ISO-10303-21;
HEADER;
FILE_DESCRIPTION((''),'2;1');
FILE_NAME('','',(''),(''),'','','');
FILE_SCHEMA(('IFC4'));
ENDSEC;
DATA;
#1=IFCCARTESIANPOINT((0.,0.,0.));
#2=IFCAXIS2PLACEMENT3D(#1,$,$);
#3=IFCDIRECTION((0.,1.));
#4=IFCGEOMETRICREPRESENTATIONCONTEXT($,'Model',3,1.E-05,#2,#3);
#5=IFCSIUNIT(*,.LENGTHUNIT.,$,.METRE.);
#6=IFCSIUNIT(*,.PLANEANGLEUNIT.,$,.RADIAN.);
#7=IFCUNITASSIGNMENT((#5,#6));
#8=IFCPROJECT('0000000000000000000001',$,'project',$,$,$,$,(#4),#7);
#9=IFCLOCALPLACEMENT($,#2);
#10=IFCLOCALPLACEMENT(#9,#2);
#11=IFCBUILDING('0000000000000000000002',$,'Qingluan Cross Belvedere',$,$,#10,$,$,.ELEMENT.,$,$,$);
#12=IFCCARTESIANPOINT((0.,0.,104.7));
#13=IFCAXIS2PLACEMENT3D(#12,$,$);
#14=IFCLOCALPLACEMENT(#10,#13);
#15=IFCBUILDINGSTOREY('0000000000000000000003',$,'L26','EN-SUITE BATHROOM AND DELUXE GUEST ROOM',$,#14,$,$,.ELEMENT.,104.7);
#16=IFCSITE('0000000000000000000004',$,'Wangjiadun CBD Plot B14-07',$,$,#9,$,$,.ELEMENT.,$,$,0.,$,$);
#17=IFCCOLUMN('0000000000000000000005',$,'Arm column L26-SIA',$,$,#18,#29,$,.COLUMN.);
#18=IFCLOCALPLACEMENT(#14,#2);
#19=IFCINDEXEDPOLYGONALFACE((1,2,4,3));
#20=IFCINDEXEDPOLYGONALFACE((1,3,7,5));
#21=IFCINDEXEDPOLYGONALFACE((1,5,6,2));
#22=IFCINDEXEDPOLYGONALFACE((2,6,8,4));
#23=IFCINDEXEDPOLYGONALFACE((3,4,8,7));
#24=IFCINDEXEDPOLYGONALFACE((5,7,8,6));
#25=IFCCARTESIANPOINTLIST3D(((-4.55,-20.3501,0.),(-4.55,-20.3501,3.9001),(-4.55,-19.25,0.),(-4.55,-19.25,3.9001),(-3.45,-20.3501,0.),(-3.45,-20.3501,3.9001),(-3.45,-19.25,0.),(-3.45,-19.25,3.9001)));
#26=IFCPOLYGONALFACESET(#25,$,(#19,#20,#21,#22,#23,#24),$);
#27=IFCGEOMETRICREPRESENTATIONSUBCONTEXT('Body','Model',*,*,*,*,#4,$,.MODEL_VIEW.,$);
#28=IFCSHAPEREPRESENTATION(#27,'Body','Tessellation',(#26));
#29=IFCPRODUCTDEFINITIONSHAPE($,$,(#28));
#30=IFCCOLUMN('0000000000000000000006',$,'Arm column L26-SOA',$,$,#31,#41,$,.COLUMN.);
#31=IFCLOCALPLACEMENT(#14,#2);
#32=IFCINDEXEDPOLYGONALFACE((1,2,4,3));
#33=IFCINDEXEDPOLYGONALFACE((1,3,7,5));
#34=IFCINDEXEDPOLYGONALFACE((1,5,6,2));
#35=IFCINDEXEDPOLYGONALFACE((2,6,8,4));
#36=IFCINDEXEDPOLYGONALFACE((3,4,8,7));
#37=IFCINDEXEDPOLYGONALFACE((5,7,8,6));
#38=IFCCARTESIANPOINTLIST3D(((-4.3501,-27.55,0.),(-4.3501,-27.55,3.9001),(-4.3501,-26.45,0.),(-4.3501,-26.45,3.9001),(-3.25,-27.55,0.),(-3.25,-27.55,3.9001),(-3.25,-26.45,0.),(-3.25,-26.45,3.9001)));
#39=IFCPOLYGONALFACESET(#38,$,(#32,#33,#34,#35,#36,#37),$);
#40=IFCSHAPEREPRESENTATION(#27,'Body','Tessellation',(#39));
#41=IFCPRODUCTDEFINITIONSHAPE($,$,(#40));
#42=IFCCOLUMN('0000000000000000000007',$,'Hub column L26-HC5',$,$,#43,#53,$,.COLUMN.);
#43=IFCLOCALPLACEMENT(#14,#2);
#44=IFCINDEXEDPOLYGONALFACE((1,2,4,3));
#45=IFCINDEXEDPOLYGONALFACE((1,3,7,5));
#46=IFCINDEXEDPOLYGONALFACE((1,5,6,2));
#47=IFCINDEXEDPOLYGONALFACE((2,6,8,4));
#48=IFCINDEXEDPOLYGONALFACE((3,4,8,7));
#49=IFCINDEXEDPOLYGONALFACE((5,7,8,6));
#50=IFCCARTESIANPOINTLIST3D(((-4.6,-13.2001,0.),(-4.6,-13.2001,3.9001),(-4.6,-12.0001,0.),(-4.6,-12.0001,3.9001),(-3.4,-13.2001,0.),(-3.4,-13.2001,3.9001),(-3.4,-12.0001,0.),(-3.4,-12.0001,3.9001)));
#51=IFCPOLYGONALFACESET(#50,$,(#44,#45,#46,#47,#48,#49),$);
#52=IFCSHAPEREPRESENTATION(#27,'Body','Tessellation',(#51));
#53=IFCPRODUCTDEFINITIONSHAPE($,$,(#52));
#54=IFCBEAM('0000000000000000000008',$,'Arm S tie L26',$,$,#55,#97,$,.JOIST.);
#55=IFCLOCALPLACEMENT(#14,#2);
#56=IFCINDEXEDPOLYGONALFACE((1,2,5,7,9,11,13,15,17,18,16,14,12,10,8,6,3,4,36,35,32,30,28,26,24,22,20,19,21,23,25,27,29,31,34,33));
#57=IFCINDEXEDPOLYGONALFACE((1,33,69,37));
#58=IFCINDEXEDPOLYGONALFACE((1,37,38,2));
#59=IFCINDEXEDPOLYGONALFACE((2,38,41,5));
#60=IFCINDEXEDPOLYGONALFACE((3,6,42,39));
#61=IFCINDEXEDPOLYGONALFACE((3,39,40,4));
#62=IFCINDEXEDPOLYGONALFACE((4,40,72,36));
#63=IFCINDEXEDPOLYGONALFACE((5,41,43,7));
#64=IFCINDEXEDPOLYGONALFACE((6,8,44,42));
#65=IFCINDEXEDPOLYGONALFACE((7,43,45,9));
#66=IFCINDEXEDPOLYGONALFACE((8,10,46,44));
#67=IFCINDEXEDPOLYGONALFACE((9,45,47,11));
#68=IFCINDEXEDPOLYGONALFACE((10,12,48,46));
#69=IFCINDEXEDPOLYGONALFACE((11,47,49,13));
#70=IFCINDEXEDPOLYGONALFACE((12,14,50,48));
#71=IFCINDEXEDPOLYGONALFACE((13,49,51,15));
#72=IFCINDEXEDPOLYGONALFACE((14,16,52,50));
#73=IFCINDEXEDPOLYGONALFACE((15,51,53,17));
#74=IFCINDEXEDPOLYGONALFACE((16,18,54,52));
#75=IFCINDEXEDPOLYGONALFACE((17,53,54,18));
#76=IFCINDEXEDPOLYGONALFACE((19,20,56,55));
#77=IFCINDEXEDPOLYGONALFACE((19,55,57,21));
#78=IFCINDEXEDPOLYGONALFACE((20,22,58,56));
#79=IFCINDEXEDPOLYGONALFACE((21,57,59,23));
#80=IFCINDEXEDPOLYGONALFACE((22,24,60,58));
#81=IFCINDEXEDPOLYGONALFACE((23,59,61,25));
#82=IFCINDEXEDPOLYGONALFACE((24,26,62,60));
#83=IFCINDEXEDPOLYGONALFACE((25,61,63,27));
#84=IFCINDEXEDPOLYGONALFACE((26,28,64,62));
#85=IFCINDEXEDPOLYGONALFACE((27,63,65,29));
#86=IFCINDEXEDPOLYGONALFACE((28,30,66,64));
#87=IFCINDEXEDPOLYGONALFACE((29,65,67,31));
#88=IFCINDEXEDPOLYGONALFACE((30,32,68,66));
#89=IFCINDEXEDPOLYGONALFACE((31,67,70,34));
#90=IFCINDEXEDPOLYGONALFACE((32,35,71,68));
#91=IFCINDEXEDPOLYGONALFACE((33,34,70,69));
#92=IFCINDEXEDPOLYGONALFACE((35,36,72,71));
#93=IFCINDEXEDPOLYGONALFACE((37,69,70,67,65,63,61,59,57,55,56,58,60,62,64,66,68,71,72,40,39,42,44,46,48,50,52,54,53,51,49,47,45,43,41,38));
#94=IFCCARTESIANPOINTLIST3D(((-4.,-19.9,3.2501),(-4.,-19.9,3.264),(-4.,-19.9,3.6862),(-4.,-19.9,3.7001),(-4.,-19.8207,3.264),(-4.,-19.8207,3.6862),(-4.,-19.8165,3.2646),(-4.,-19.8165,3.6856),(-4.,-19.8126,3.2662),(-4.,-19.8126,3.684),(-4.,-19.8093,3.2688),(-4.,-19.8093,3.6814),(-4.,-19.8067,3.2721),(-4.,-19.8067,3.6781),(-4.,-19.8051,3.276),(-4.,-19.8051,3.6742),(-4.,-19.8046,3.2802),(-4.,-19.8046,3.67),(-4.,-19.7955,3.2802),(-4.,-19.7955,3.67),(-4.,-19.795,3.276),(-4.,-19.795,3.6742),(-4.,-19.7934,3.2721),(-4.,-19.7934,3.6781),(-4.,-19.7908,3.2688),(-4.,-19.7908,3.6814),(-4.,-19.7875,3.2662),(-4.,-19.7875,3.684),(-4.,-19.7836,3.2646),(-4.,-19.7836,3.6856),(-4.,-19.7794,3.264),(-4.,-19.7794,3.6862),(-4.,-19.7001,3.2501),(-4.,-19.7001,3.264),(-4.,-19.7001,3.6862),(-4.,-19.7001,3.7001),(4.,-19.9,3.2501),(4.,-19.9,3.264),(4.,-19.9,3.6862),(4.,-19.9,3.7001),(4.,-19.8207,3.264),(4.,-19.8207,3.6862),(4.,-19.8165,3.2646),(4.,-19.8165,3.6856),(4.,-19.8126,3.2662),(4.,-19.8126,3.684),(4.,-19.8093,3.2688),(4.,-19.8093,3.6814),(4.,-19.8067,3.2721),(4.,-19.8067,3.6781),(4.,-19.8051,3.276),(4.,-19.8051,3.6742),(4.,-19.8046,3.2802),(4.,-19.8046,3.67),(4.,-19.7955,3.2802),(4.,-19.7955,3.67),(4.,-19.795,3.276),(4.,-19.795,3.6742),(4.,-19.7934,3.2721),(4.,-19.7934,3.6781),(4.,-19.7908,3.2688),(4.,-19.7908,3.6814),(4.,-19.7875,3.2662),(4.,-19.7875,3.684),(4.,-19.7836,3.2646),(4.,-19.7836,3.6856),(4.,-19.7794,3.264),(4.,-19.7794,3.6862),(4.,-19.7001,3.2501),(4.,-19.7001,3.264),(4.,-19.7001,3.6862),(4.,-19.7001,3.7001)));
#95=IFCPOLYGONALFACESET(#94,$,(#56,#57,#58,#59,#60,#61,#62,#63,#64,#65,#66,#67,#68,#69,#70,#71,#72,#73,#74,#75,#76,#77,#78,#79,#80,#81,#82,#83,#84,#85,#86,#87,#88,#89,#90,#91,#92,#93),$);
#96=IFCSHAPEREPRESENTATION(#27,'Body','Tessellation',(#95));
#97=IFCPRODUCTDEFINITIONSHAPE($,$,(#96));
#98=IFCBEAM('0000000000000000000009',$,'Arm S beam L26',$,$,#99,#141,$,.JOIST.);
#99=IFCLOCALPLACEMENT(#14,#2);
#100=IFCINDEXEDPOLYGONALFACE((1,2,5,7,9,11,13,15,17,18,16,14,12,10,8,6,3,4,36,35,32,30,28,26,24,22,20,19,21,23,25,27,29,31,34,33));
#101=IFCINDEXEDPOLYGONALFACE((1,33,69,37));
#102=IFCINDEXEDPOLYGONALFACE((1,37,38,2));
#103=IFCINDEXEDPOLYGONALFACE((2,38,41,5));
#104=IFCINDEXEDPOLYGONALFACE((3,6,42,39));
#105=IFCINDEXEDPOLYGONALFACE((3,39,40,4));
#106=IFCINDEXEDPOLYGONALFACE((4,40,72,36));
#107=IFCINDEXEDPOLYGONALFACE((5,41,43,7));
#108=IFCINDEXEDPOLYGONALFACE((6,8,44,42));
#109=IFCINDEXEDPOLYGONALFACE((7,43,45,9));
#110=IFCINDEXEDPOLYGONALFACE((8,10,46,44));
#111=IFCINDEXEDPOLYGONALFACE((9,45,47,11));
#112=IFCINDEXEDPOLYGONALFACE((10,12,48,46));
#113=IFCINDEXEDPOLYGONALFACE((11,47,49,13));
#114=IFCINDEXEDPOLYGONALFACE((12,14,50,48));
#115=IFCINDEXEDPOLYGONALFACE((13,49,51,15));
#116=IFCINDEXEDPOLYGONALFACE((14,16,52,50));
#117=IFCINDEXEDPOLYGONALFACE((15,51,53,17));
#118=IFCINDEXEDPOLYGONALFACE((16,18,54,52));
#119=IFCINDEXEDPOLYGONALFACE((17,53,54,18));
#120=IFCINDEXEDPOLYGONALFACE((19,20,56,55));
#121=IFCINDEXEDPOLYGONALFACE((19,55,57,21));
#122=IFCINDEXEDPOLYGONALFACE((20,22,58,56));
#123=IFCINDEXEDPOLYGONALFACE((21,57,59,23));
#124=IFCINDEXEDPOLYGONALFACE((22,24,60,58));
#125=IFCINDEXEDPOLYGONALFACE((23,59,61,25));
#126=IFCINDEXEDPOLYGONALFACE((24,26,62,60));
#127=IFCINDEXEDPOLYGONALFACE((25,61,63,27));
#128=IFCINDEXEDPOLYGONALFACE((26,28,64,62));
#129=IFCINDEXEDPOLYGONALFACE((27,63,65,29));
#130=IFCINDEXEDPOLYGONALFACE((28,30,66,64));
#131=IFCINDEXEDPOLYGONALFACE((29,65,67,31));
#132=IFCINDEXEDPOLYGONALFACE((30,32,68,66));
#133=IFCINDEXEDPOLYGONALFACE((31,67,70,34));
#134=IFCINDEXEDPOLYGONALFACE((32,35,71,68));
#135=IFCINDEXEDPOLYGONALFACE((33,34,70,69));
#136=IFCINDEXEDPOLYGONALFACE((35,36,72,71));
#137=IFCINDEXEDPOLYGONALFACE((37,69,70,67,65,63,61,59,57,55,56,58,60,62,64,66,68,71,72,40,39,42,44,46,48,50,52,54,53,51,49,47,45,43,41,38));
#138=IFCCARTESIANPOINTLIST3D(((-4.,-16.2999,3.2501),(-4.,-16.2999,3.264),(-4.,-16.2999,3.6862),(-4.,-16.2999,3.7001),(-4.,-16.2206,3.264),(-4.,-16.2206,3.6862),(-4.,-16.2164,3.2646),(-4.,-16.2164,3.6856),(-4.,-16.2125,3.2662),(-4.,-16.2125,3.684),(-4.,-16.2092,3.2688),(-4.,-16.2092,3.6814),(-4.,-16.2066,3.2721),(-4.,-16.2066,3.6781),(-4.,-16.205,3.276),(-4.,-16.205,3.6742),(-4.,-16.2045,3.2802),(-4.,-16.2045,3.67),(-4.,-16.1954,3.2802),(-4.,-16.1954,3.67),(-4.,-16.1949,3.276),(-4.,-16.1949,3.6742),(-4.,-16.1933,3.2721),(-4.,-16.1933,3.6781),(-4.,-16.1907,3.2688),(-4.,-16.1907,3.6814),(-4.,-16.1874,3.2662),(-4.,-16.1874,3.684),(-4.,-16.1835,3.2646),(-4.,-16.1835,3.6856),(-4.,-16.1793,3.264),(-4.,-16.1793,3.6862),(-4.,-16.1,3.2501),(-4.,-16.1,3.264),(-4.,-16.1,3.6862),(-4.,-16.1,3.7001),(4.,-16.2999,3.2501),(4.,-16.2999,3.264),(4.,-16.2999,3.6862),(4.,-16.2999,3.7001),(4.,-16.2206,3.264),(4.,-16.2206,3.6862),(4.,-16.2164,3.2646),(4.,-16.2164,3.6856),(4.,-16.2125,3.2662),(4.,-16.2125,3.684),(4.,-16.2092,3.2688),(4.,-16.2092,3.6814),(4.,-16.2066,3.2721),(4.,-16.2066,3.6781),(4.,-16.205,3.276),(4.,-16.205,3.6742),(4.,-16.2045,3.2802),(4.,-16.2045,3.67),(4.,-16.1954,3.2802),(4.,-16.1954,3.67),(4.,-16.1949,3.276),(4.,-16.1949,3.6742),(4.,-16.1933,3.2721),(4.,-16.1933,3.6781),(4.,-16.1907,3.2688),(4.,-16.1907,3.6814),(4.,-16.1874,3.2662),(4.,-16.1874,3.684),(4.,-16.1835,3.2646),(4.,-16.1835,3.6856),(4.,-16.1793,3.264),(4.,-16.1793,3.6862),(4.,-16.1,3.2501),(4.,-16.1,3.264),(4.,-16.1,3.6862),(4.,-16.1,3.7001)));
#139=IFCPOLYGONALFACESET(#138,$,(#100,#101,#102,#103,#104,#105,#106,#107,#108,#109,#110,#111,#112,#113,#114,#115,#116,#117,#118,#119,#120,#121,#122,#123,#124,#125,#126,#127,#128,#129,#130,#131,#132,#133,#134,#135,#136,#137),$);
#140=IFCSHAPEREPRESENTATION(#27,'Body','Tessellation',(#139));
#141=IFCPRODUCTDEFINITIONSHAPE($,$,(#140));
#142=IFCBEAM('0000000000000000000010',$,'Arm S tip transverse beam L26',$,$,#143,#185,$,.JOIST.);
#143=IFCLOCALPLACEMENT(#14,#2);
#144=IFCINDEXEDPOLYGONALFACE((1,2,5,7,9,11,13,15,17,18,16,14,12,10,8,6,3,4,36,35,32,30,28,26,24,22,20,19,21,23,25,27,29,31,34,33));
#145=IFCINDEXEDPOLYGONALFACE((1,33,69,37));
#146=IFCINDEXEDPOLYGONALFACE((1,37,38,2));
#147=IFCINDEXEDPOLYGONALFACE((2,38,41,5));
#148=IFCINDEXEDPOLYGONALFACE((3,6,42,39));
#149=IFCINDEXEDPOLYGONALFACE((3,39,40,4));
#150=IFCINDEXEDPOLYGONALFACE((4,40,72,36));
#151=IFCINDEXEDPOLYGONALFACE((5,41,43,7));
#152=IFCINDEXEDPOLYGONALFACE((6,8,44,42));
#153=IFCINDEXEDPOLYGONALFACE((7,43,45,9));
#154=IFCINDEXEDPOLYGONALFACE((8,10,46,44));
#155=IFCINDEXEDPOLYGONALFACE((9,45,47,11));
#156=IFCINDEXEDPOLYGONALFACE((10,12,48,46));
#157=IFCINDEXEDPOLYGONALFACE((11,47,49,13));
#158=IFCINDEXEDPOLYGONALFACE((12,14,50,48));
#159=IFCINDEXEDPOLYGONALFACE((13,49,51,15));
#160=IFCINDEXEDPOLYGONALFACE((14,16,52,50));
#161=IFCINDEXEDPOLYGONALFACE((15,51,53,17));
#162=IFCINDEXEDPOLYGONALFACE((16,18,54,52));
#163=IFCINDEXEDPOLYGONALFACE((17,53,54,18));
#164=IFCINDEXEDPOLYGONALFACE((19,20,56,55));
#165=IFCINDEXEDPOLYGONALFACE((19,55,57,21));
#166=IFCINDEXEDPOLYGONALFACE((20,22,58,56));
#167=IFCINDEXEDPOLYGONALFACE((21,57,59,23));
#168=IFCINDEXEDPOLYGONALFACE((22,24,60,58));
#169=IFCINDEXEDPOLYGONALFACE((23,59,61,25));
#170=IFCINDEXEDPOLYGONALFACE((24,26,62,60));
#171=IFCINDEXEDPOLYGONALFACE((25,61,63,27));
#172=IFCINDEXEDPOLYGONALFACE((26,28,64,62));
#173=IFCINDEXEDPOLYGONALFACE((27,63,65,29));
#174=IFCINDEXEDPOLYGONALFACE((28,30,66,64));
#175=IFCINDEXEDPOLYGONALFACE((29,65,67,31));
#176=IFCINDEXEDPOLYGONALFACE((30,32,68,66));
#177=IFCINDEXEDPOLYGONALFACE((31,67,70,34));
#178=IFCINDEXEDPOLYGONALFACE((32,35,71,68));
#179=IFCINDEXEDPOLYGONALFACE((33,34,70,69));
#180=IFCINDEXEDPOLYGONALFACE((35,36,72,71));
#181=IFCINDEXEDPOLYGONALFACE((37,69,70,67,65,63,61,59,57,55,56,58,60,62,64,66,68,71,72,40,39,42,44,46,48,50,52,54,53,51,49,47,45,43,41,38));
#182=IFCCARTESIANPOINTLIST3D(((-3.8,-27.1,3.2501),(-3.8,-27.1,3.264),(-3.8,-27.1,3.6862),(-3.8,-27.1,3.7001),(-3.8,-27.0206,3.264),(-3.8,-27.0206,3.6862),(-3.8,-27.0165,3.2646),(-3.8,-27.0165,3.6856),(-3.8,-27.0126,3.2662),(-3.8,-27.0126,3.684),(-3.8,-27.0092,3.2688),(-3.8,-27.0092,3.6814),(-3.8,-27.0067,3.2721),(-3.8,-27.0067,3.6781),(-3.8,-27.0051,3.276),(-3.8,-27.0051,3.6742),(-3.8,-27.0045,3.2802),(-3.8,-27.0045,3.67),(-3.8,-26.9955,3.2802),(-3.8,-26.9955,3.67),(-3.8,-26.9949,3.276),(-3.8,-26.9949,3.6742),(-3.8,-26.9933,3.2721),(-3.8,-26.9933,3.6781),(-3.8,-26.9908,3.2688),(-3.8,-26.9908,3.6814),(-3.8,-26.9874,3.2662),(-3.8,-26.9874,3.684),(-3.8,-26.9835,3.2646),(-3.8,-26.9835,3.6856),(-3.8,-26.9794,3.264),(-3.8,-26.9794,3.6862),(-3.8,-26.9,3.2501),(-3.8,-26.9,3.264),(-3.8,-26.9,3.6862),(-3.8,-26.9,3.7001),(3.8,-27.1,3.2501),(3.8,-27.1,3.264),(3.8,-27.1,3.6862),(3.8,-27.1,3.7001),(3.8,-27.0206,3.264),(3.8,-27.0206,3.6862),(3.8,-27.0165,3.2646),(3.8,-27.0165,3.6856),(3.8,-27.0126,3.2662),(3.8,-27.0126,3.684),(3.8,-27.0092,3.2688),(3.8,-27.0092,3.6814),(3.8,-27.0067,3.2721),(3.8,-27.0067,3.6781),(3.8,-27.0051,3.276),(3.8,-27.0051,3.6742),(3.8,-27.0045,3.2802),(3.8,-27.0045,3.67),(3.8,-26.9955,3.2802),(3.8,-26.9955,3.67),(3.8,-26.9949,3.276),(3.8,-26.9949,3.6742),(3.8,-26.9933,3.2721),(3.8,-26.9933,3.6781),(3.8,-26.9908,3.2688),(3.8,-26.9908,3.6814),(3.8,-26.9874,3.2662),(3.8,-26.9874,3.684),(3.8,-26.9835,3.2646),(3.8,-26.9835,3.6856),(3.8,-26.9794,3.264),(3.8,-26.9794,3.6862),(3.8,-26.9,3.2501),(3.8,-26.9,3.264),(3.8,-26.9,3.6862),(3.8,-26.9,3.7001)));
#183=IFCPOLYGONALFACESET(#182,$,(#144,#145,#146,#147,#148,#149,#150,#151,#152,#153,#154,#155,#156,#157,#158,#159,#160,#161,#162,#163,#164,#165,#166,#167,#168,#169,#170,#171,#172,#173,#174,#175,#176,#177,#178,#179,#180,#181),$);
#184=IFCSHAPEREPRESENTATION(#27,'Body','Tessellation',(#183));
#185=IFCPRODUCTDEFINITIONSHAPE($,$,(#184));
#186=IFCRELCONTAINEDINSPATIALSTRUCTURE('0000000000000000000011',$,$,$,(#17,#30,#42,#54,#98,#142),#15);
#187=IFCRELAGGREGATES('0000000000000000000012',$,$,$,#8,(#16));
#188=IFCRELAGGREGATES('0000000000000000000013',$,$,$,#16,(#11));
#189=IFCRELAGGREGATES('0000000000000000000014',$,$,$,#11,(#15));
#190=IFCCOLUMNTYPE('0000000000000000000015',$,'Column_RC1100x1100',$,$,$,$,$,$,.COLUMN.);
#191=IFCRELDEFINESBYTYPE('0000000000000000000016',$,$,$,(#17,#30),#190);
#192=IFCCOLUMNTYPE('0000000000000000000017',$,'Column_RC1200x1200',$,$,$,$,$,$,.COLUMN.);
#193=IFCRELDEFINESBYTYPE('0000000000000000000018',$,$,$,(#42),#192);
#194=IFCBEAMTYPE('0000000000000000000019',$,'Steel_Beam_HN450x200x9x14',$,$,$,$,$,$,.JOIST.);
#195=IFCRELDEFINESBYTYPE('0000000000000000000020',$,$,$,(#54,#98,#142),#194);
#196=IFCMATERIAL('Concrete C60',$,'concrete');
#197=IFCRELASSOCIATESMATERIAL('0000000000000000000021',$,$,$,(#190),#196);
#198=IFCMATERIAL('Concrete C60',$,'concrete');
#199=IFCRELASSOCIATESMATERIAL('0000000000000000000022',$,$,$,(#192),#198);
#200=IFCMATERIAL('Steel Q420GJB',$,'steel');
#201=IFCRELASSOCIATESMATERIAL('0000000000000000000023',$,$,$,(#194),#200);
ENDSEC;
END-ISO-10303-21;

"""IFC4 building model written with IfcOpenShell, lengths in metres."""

from ifc_helpers import new_model, si_unit, direction, frame, origin, origin_2d, place, context, subcontext, project, spatial, rectangle, i_section, extrude, material, material_profile, profile_set, type_object, element, save


model = new_model("IFC4")

# Units and contexts
model_context = context("Model", 3, precision=1e-05, world=origin(), true_north=direction((0.0, 1.0)))
body_context = subcontext(model_context, "Body", "Model", "MODEL_VIEW")
ifc_project = project(units=[si_unit("LENGTHUNIT", "METRE"), si_unit("PLANEANGLEUNIT", "RADIAN")], contexts=[model_context])

# Site, building, storey
site_placement = place(None, origin())
site = spatial("IfcSite", under=ifc_project, at=site_placement, Name="Wangjiadun CBD Plot B14-07", CompositionType="ELEMENT", RefElevation=0.0)
building_placement = place(site_placement, origin())
building = spatial("IfcBuilding", under=site, at=building_placement, Name="Qingluan Cross Belvedere", CompositionType="ELEMENT")
storey_placement = place(building_placement, frame((0.0, 0.0, 104.7)))
storey = spatial("IfcBuildingStorey", under=building, at=storey_placement, Name="L26", Description="EN-SUITE BATHROOM AND DELUXE GUEST ROOM", CompositionType="ELEMENT", Elevation=104.7)

# Columns
ifc_material_1 = material(Name="Concrete C60", Category="concrete")
ifc_material_profile_1 = material_profile(ifc_material_1, rectangle(XDim=1.1001, YDim=1.1001, at=origin_2d()), Name="RC1100x1100")
ifc_profile_set_1 = profile_set([ifc_material_profile_1], Name="Concrete C60")
column_type_1 = type_object("IfcColumnType", Name="Column_RC1100x1100", PredefinedType="COLUMN", material=ifc_profile_set_1)
for number, where, z_axis, x_axis, name in (
    (1, (-4.0, -19.8, 0.0), (0.0, 0.0, 1.0), (1.0, 0.0, 0.0), "Arm column L26-SIA"),
    (2, (-3.8, -27.0, 0.0), (0.0, 0.0, 1.0), (1.0, 0.0, 0.0), "Arm column L26-SOA"),
):
    element("IfcColumn", number, at=place(storey_placement, frame(where, z_axis=z_axis, x_axis=x_axis)), inside=storey, type_object=column_type_1, Name=name, PredefinedType="COLUMN", context=body_context, shape_type="SweptSolid", body=[
        extrude(rectangle(XDim=1.1001, YDim=1.1001, at=origin_2d()), origin(), (0.0, 0.0, 1.0), 3.9001),
    ])
ifc_material_2 = material(Name="Concrete C60", Category="concrete")
ifc_material_profile_2 = material_profile(ifc_material_2, rectangle(XDim=1.2, YDim=1.2, at=origin_2d()), Name="RC1200x1200")
ifc_profile_set_2 = profile_set([ifc_material_profile_2], Name="Concrete C60")
column_type_2 = type_object("IfcColumnType", Name="Column_RC1200x1200", PredefinedType="COLUMN", material=ifc_profile_set_2)
column_placement = place(storey_placement, frame((-4.0, -12.6001, 0.0), z_axis=(0.0, 0.0, 1.0), x_axis=(1.0, 0.0, 0.0)))
element("IfcColumn", 3, at=column_placement, inside=storey, type_object=column_type_2, Name="Hub column L26-HC5", PredefinedType="COLUMN", context=body_context, shape_type="SweptSolid", body=[
    extrude(rectangle(XDim=1.2, YDim=1.2, at=origin_2d()), origin(), (0.0, 0.0, 1.0), 3.9001),
])

# Beams
ifc_material_3 = material(Name="Steel Q420GJB", Category="steel")
ifc_material_profile_3 = material_profile(ifc_material_3, i_section(OverallWidth=0.2, OverallDepth=0.45, WebThickness=0.009, FlangeThickness=0.0139, FilletRadius=0.0161, at=origin_2d()), Name="HN450x200x9x14")
ifc_profile_set_3 = profile_set([ifc_material_profile_3], Name="Steel Q420GJB")
beam_type_1 = type_object("IfcBeamType", Name="Steel_Beam_HN450x200x9x14", PredefinedType="JOIST", material=ifc_profile_set_3)
for number, where, z_axis, x_axis, name in (
    (4, (-4.0, -19.8, 3.4751), (1.0, 0.0, 0.0), (0.0, 1.0, 0.0), "Arm S tie L26"),
    (5, (-4.0, -16.2, 3.4751), (1.0, 0.0, 0.0), (0.0, 1.0, 0.0), "Arm S beam L26"),
):
    element("IfcBeam", number, at=place(storey_placement, frame(where, z_axis=z_axis, x_axis=x_axis)), inside=storey, type_object=beam_type_1, Name=name, PredefinedType="JOIST", context=body_context, shape_type="SweptSolid", body=[
        extrude(i_section(OverallWidth=0.2, OverallDepth=0.45, WebThickness=0.009, FlangeThickness=0.0139, FilletRadius=0.0161, at=origin_2d()), origin(), (0.0, 0.0, 1.0), 8.0),
    ])
beam_1_placement = place(storey_placement, frame((-3.8, -27.0, 3.4751), z_axis=(1.0, 0.0, 0.0), x_axis=(0.0, 1.0, 0.0)))
element("IfcBeam", 6, at=beam_1_placement, inside=storey, type_object=beam_type_1, Name="Arm S tip transverse beam L26", PredefinedType="JOIST", context=body_context, shape_type="SweptSolid", body=[
    extrude(i_section(OverallWidth=0.2, OverallDepth=0.45, WebThickness=0.009, FlangeThickness=0.0139, FilletRadius=0.0161, at=origin_2d()), origin(), (0.0, 0.0, 1.0), 7.6001),
])

save(model, "model.ifc")
